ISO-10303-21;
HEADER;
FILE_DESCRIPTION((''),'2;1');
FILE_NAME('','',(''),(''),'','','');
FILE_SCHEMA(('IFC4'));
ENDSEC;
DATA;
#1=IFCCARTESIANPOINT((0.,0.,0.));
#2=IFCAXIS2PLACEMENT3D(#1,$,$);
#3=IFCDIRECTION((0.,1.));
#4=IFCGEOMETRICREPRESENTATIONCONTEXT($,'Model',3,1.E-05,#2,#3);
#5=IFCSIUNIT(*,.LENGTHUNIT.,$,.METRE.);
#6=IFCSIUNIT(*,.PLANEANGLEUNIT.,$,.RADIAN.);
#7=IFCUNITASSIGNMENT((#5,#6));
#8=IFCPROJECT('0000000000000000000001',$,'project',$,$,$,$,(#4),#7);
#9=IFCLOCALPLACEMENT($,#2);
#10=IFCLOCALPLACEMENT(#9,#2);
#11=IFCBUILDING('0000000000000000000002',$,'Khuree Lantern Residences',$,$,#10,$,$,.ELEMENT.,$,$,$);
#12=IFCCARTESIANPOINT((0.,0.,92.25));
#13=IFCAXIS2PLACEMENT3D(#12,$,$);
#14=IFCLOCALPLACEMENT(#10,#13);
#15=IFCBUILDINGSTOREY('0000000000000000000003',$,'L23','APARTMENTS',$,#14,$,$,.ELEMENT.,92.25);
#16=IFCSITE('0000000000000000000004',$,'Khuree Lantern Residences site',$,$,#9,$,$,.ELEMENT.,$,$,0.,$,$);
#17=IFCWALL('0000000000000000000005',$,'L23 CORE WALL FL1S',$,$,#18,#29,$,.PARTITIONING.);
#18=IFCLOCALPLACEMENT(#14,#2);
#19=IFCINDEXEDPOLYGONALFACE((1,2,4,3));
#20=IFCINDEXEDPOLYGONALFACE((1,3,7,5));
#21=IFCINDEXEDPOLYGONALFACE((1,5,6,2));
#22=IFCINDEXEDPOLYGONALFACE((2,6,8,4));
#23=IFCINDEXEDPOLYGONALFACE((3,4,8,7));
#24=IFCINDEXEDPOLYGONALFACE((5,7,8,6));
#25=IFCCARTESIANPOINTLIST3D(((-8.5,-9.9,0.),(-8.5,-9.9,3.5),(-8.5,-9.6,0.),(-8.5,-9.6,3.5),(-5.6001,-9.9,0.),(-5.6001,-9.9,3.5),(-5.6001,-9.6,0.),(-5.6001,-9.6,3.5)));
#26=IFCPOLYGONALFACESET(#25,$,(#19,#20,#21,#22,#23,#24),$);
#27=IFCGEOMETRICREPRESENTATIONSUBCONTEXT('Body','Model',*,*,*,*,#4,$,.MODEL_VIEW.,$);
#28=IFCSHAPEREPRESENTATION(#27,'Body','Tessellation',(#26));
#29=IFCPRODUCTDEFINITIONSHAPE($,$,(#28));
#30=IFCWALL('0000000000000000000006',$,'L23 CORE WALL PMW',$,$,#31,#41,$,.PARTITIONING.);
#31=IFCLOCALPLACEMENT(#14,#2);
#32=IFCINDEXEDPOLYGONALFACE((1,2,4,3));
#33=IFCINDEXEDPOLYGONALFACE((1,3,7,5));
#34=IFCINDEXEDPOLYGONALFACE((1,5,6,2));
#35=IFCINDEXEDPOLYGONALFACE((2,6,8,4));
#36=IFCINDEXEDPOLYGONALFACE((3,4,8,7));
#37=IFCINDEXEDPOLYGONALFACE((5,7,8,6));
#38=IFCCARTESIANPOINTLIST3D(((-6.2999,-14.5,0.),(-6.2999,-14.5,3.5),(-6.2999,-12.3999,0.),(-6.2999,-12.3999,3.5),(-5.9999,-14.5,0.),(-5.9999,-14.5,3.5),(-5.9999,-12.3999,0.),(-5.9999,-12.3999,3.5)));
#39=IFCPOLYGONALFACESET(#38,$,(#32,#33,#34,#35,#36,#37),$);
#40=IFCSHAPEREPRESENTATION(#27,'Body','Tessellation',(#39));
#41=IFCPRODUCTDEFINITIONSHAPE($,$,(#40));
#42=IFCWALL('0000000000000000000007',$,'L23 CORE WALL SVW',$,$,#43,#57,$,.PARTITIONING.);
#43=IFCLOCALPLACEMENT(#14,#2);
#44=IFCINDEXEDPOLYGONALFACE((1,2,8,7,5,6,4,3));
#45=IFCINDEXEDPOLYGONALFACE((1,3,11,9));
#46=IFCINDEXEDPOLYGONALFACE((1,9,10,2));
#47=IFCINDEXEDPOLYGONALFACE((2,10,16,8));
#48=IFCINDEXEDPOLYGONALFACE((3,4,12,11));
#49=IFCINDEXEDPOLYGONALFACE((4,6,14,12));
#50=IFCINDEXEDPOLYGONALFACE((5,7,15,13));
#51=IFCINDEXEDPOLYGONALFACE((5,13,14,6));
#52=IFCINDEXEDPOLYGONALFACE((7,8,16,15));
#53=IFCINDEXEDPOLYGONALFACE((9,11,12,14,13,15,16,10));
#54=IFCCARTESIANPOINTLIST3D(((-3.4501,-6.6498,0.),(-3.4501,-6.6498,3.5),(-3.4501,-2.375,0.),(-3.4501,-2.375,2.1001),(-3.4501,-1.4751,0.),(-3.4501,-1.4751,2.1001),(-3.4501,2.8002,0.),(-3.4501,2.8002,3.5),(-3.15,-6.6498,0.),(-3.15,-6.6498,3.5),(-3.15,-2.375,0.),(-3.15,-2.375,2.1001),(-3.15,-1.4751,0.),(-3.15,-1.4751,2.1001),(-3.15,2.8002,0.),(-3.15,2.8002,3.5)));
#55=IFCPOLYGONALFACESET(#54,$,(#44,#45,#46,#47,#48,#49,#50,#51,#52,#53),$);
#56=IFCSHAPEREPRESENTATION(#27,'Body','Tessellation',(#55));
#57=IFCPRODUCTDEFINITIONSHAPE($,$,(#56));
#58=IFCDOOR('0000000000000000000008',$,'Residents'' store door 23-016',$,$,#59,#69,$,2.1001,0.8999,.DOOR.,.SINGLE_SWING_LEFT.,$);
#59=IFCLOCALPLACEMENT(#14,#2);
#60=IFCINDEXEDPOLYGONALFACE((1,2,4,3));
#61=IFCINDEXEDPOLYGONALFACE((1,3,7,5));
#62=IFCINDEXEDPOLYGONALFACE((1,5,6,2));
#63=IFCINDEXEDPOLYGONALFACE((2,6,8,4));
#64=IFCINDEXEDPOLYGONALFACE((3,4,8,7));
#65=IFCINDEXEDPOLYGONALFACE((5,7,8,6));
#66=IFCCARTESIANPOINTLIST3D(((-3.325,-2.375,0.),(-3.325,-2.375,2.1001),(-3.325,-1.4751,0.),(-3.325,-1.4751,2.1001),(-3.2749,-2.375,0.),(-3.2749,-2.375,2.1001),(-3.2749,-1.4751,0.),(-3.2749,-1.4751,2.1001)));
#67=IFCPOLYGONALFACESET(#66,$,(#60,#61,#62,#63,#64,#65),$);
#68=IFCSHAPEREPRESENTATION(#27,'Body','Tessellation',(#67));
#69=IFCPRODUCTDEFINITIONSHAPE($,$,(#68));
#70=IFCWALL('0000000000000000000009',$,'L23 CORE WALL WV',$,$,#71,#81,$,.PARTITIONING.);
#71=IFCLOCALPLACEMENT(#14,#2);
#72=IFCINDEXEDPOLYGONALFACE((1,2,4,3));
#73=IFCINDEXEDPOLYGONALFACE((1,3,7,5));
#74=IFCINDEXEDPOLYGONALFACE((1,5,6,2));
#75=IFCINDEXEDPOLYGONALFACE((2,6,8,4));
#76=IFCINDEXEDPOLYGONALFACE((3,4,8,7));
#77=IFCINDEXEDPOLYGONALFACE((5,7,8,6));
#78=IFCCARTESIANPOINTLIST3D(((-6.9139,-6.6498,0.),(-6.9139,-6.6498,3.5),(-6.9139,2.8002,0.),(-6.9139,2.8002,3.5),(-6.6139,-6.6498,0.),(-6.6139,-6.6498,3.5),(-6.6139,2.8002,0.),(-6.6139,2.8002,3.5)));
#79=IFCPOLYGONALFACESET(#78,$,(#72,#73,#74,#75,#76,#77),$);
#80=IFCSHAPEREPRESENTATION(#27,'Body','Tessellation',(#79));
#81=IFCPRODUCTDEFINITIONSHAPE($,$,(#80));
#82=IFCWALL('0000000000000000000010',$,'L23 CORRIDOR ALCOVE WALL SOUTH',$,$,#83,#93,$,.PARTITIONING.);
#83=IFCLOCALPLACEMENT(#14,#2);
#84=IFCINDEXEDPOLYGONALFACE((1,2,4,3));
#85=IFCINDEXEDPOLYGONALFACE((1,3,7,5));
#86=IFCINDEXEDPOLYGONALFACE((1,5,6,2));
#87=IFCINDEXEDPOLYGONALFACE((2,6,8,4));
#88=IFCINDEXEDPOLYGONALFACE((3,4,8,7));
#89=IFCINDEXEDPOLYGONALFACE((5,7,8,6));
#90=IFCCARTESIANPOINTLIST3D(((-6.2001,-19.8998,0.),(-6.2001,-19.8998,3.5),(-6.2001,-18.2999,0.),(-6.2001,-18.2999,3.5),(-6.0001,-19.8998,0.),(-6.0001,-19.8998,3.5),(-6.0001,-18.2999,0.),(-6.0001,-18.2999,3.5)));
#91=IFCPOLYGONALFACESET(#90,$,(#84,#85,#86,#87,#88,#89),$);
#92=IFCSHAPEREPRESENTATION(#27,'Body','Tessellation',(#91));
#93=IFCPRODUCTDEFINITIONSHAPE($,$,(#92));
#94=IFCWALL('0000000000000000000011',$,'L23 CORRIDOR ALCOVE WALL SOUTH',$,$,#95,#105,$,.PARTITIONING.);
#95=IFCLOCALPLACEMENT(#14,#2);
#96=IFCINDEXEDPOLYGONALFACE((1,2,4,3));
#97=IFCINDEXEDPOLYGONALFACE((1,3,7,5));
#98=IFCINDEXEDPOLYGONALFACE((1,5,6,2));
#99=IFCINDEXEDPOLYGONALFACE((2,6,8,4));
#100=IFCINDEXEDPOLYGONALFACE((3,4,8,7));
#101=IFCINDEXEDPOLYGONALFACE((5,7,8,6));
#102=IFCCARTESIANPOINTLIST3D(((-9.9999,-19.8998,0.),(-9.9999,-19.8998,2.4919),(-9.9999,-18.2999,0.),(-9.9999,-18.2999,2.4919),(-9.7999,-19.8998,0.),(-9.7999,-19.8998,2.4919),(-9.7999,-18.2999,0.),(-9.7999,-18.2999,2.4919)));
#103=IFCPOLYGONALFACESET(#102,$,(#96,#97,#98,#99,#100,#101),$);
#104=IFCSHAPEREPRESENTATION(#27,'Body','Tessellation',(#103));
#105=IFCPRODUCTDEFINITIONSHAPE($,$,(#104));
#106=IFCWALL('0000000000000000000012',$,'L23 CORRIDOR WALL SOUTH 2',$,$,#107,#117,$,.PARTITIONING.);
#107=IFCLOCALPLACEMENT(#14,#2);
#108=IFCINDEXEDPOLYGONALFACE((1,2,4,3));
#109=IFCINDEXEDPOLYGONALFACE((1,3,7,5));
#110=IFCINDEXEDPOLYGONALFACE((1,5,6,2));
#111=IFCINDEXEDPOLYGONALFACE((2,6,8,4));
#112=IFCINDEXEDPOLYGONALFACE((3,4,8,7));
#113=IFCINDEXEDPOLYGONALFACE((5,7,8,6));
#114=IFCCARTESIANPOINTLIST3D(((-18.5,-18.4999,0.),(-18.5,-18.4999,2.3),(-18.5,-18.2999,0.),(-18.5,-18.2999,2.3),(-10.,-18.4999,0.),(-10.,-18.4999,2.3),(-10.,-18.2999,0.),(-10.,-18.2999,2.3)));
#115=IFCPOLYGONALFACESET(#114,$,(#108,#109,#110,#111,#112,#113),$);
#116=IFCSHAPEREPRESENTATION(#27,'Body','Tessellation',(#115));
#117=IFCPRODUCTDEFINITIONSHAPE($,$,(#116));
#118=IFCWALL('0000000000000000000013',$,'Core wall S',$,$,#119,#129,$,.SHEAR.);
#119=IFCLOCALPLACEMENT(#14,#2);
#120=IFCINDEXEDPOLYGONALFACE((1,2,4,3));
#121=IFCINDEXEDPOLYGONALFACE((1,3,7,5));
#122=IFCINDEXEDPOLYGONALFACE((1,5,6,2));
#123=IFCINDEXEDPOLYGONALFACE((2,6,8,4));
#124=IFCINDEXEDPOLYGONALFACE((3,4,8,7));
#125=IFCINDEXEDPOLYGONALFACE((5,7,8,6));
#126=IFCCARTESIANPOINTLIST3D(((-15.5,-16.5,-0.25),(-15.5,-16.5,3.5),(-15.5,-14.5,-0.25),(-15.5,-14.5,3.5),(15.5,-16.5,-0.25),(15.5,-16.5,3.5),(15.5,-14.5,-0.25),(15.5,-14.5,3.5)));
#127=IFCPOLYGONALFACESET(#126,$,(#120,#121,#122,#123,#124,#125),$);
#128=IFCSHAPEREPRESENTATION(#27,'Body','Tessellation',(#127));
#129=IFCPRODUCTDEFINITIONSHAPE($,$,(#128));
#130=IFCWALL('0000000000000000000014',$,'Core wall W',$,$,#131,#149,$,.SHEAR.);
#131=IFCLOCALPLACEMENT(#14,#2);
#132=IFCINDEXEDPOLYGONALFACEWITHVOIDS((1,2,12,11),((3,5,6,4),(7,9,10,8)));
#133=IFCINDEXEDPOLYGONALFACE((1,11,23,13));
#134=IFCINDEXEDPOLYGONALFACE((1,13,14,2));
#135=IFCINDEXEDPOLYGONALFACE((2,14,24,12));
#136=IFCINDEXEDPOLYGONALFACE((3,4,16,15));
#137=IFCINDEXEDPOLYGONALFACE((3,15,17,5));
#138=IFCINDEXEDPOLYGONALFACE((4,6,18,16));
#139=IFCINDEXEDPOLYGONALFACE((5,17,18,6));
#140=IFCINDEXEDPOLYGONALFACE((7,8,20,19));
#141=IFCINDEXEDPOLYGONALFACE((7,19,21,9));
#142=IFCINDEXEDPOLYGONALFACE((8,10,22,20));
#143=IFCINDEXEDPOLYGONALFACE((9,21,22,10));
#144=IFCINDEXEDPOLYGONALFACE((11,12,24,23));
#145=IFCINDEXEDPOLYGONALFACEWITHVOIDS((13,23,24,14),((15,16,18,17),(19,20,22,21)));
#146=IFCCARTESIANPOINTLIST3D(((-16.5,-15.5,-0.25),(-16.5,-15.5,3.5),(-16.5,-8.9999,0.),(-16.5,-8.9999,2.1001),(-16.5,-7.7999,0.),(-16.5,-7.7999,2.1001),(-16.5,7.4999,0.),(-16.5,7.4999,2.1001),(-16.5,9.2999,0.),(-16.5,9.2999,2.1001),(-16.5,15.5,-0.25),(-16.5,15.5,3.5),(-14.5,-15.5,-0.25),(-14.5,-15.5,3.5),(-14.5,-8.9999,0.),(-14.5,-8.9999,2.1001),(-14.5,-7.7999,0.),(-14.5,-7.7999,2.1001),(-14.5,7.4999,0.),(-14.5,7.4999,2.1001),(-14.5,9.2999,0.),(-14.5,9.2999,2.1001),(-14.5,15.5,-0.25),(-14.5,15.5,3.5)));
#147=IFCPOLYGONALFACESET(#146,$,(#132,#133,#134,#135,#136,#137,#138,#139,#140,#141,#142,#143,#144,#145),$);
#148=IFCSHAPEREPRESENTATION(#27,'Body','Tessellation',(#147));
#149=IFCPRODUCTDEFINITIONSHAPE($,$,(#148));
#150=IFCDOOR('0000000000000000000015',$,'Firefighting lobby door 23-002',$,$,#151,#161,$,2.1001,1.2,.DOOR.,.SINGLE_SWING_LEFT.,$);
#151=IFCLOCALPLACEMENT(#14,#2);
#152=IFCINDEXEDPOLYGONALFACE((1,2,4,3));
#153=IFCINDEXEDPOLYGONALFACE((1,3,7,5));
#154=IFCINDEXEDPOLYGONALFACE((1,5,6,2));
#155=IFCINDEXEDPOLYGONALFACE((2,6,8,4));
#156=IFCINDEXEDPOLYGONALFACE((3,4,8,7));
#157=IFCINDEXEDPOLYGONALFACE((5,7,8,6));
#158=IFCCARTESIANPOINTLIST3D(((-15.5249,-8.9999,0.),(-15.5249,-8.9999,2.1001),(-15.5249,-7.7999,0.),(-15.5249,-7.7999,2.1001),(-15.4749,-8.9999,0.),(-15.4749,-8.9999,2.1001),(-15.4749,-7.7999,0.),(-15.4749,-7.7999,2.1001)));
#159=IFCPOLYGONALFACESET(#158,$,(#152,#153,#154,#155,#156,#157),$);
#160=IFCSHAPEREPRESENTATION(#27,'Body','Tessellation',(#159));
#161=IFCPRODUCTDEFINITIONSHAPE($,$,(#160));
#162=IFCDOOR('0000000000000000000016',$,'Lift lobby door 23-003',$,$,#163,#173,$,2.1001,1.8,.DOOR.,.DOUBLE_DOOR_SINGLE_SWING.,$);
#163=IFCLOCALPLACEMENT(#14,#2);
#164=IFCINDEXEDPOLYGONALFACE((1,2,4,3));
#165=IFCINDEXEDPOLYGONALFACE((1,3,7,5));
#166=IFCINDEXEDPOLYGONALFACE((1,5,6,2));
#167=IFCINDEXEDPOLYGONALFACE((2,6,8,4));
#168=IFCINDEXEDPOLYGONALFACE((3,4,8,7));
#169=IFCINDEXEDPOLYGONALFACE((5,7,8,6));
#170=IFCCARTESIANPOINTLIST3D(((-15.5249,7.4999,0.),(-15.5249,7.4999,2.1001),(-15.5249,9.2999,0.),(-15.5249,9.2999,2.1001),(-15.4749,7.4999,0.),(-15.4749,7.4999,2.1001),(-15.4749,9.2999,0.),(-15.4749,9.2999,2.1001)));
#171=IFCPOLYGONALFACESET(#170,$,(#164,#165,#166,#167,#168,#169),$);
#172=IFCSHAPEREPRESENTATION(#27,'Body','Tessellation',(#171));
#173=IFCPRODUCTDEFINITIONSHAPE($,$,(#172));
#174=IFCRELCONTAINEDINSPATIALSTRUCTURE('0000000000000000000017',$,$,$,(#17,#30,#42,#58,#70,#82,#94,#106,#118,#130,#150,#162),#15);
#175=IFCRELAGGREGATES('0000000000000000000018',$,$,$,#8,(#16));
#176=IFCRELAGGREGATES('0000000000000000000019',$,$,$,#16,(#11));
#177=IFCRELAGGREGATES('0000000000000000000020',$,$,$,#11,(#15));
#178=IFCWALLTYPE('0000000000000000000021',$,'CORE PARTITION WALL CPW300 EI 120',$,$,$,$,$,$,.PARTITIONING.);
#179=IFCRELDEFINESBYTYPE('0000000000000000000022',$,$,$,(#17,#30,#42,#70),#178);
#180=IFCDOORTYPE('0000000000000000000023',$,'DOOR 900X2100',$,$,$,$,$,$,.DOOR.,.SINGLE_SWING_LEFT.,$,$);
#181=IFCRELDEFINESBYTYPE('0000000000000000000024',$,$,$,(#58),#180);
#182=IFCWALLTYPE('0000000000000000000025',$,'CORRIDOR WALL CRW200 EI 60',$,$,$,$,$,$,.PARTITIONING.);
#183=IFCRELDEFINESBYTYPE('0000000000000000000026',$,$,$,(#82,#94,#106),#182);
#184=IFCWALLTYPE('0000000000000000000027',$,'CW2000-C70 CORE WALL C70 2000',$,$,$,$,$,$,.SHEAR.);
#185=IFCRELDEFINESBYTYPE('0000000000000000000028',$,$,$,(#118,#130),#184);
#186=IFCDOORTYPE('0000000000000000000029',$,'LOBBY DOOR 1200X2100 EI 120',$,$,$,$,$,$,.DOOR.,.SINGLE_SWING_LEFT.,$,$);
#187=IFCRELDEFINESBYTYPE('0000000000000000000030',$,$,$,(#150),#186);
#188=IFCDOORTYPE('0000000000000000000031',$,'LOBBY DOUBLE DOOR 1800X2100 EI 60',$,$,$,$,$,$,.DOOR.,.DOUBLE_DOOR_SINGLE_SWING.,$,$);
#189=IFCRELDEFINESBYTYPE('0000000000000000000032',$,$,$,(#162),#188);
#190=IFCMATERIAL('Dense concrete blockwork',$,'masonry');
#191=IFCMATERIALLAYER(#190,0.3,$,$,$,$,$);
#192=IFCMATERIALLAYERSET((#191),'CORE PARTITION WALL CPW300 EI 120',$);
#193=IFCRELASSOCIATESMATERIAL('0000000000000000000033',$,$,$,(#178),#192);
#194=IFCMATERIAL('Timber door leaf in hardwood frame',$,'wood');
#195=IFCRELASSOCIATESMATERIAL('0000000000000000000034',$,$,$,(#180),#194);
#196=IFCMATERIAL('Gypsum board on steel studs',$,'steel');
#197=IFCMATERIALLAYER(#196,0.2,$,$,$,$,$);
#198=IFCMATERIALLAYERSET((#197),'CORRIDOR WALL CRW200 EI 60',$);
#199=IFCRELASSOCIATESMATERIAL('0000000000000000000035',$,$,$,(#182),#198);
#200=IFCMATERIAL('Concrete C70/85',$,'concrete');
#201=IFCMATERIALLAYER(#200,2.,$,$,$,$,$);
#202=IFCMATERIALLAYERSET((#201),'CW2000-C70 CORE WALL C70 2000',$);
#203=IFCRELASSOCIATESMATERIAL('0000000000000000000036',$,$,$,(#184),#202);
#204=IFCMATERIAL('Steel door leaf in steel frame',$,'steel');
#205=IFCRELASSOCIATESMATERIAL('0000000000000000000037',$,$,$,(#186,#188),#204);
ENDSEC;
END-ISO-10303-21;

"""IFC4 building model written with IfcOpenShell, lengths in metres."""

from ifc_helpers import new_model, si_unit, direction, frame, frame_2d, origin, place, context, subcontext, project, spatial, rectangle, extrude, material, layer, layer_set, type_object, element, fill, save


model = new_model("IFC4")

# Units and contexts
model_context = context("Model", 3, precision=1e-05, world=origin(), true_north=direction((0.0, 1.0)))
body_context = subcontext(model_context, "Body", "Model", "MODEL_VIEW")
ifc_project = project(units=[si_unit("LENGTHUNIT", "METRE"), si_unit("PLANEANGLEUNIT", "RADIAN")], contexts=[model_context])

# Site, building, storey
site_placement = place(None, origin())
site = spatial("IfcSite", under=ifc_project, at=site_placement, Name="Khuree Lantern Residences site", CompositionType="ELEMENT", RefElevation=0.0)
building_placement = place(site_placement, origin())
building = spatial("IfcBuilding", under=site, at=building_placement, Name="Khuree Lantern Residences", CompositionType="ELEMENT")
storey_placement = place(building_placement, frame((0.0, 0.0, 92.25)))
storey = spatial("IfcBuildingStorey", under=building, at=storey_placement, Name="L23", Description="APARTMENTS", CompositionType="ELEMENT", Elevation=92.25)

# Shared definitions
ifc_material_1 = material(Name="Concrete C70/85", Category="concrete")

# Shared definitions
ifc_material_2 = material(Name="Dense concrete blockwork", Category="masonry")
ifc_layer_1 = layer(ifc_material_2, 0.3)
ifc_layer_set_1 = layer_set([ifc_layer_1], Name="CORE PARTITION WALL CPW300 EI 120")
wall_type_1 = type_object("IfcWallType", Name="CORE PARTITION WALL CPW300 EI 120", PredefinedType="PARTITIONING", material=ifc_layer_set_1)

# Shared definitions
ifc_material_3 = material(Name="Steel door leaf in steel frame", Category="steel")

# Walls
wall_1_placement = place(storey_placement, frame((-8.5, -9.75, 0.0), z_axis=(0.0, 0.0, 1.0), x_axis=(1.0, 0.0, 0.0)))
element("IfcWall", 1, at=wall_1_placement, inside=storey, type_object=wall_type_1, Name="L23 CORE WALL FL1S", PredefinedType="PARTITIONING", context=body_context, shape_type="SweptSolid", body=[
    extrude(rectangle(XDim=2.8999, YDim=0.3, at=frame_2d((1.45, 0.0))), origin(), (0.0, 0.0, 1.0), 3.5),
])
wall_2_placement = place(storey_placement, frame((-6.1499, -14.5, 0.0), z_axis=(0.0, 0.0, 1.0), x_axis=(0.0, 1.0, 0.0)))
element("IfcWall", 2, at=wall_2_placement, inside=storey, type_object=wall_type_1, Name="L23 CORE WALL PMW", PredefinedType="PARTITIONING", context=body_context, shape_type="SweptSolid", body=[
    extrude(rectangle(XDim=2.1001, YDim=0.3, at=frame_2d((1.05, 0.0))), origin(), (0.0, 0.0, 1.0), 3.5),
])

# Wall, opening, door
wall_3_placement = place(storey_placement, frame((-3.3, -6.6499, 0.0), z_axis=(0.0, 0.0, 1.0), x_axis=(0.0, 1.0, 0.0)))
wall_3 = element("IfcWall", 3, at=wall_3_placement, inside=storey, type_object=wall_type_1, Name="L23 CORE WALL SVW", PredefinedType="PARTITIONING", context=body_context, shape_type="SweptSolid", body=[
    extrude(rectangle(XDim=9.45, YDim=0.3, at=frame_2d((4.7251, 0.0))), origin(), (0.0, 0.0, 1.0), 3.5),
])
opening_1_placement = place(wall_3_placement, frame((4.2749, 0.0, 0.0)))
opening_1 = element("IfcOpeningElement", 4, at=opening_1_placement, cuts=wall_3, PredefinedType="OPENING", context=body_context, shape_type="SweptSolid", body=[
    extrude(rectangle(XDim=0.8999, YDim=2.1001, at=frame_2d((0.45, 1.05))), frame((0.0, 0.1602, 0.0), z_axis=(0.0, -1.0, 0.0), x_axis=(1.0, 0.0, 0.0)), (0.0, 0.0, 1.0), 0.3201),
])
ifc_material_4 = material(Name="Timber door leaf in hardwood frame", Category="wood")
door_type_1 = type_object("IfcDoorType", Name="DOOR 900X2100", OperationType="SINGLE_SWING_LEFT", PredefinedType="DOOR", material=ifc_material_4)
door_1_placement = place(opening_1_placement, origin())
door_1 = element("IfcDoor", 5, at=door_1_placement, inside=storey, type_object=door_type_1, Name="Residents' store door 23-016", OperationType="SINGLE_SWING_LEFT", OverallHeight=2.1001, OverallWidth=0.8999, PredefinedType="DOOR", context=body_context, shape_type="SweptSolid", body=[
    extrude(rectangle(XDim=0.8999, YDim=2.1001, at=frame_2d((0.45, 1.05))), frame((0.0, 0.0249, 0.0), z_axis=(0.0, -1.0, 0.0), x_axis=(1.0, 0.0, 0.0)), (0.0, 0.0, 1.0), 0.05),
])
fill(opening_1, door_1)

# Walls
wall_4_placement = place(storey_placement, frame((-6.7639, -6.6499, 0.0), z_axis=(0.0, 0.0, 1.0), x_axis=(0.0, 1.0, 0.0)))
element("IfcWall", 6, at=wall_4_placement, inside=storey, type_object=wall_type_1, Name="L23 CORE WALL WV", PredefinedType="PARTITIONING", context=body_context, shape_type="SweptSolid", body=[
    extrude(rectangle(XDim=9.45, YDim=0.3, at=frame_2d((4.7251, 0.0))), origin(), (0.0, 0.0, 1.0), 3.5),
])
ifc_material_5 = material(Name="Gypsum board on steel studs", Category="steel")
ifc_layer_2 = layer(ifc_material_5, 0.2)
ifc_layer_set_2 = layer_set([ifc_layer_2], Name="CORRIDOR WALL CRW200 EI 60")
wall_type_2 = type_object("IfcWallType", Name="CORRIDOR WALL CRW200 EI 60", PredefinedType="PARTITIONING", material=ifc_layer_set_2)
wall_5_placement = place(storey_placement, frame((-6.1001, -18.3, 0.0), z_axis=(0.0, 0.0, 1.0), x_axis=(0.0, -1.0, 0.0)))
element("IfcWall", 7, at=wall_5_placement, inside=storey, type_object=wall_type_2, Name="L23 CORRIDOR ALCOVE WALL SOUTH", PredefinedType="PARTITIONING", context=body_context, shape_type="SweptSolid", body=[
    extrude(rectangle(XDim=1.5999, YDim=0.2, at=frame_2d((0.7998, 0.0))), origin(), (0.0, 0.0, 1.0), 3.5),
])
wall_6_placement = place(storey_placement, frame((-9.8999, -18.3, 0.0), z_axis=(0.0, 0.0, 1.0), x_axis=(0.0, -1.0, 0.0)))
element("IfcWall", 8, at=wall_6_placement, inside=storey, type_object=wall_type_2, Name="L23 CORRIDOR ALCOVE WALL SOUTH", PredefinedType="PARTITIONING", context=body_context, shape_type="SweptSolid", body=[
    extrude(rectangle(XDim=1.5999, YDim=0.2, at=frame_2d((0.7998, 0.0))), origin(), (0.0, 0.0, 1.0), 2.4919),
])
wall_7_placement = place(storey_placement, frame((-10.0, -18.3999, 0.0), z_axis=(0.0, 0.0, 1.0), x_axis=(-1.0, 0.0, 0.0)))
element("IfcWall", 9, at=wall_7_placement, inside=storey, type_object=wall_type_2, Name="L23 CORRIDOR WALL SOUTH 2", PredefinedType="PARTITIONING", context=body_context, shape_type="SweptSolid", body=[
    extrude(rectangle(XDim=8.5, YDim=0.2, at=frame_2d((4.25, 0.0))), origin(), (0.0, 0.0, 1.0), 2.3),
])
ifc_layer_3 = layer(ifc_material_1, 2.0)
ifc_layer_set_3 = layer_set([ifc_layer_3], Name="CW2000-C70 CORE WALL C70 2000")
wall_type_3 = type_object("IfcWallType", Name="CW2000-C70 CORE WALL C70 2000", PredefinedType="SHEAR", material=ifc_layer_set_3)
wall_8_placement = place(storey_placement, frame((-15.5, -15.5, -0.25), z_axis=(0.0, 0.0, 1.0), x_axis=(1.0, 0.0, 0.0)))
element("IfcWall", 10, at=wall_8_placement, inside=storey, type_object=wall_type_3, Name="Core wall S", PredefinedType="SHEAR", context=body_context, shape_type="SweptSolid", body=[
    extrude(rectangle(XDim=31.0, YDim=2.0, at=frame_2d((15.5, 0.0))), origin(), (0.0, 0.0, 1.0), 3.75),
])

# Wall, openings, doors
wall_9_placement = place(storey_placement, frame((-15.5, -15.5, -0.25), z_axis=(0.0, 0.0, 1.0), x_axis=(0.0, 1.0, 0.0)))
wall_9 = element("IfcWall", 11, at=wall_9_placement, inside=storey, type_object=wall_type_3, Name="Core wall W", PredefinedType="SHEAR", context=body_context, shape_type="SweptSolid", body=[
    extrude(rectangle(XDim=31.0, YDim=2.0, at=frame_2d((15.5, 0.0))), origin(), (0.0, 0.0, 1.0), 3.75),
])
opening_2_placement = place(wall_9_placement, frame((6.5, 0.0, 0.25)))
opening_2 = element("IfcOpeningElement", 12, at=opening_2_placement, cuts=wall_9, PredefinedType="OPENING", context=body_context, shape_type="SweptSolid", body=[
    extrude(rectangle(XDim=1.2, YDim=2.1001, at=frame_2d((0.6001, 1.05))), frame((0.0, 1.01, 0.0), z_axis=(0.0, -1.0, 0.0), x_axis=(1.0, 0.0, 0.0)), (0.0, 0.0, 1.0), 2.02),
])
opening_3_placement = place(wall_9_placement, frame((23.0, 0.0, 0.25)))
opening_3 = element("IfcOpeningElement", 13, at=opening_3_placement, cuts=wall_9, PredefinedType="OPENING", context=body_context, shape_type="SweptSolid", body=[
    extrude(rectangle(XDim=1.8, YDim=2.1001, at=frame_2d((0.8999, 1.05))), frame((0.0, 1.01, 0.0), z_axis=(0.0, -1.0, 0.0), x_axis=(1.0, 0.0, 0.0)), (0.0, 0.0, 1.0), 2.02),
])
door_type_2 = type_object("IfcDoorType", Name="LOBBY DOOR 1200X2100 EI 120", OperationType="SINGLE_SWING_LEFT", PredefinedType="DOOR", material=ifc_material_3)
door_2_placement = place(opening_2_placement, origin())
door_2 = element("IfcDoor", 14, at=door_2_placement, inside=storey, type_object=door_type_2, Name="Firefighting lobby door 23-002", OperationType="SINGLE_SWING_LEFT", OverallHeight=2.1001, OverallWidth=1.2, PredefinedType="DOOR", context=body_context, shape_type="SweptSolid", body=[
    extrude(rectangle(XDim=1.2, YDim=2.1001, at=frame_2d((0.6001, 1.05))), frame((0.0, 0.0249, 0.0), z_axis=(0.0, -1.0, 0.0), x_axis=(1.0, 0.0, 0.0)), (0.0, 0.0, 1.0), 0.05),
])
fill(opening_2, door_2)
door_type_3 = type_object("IfcDoorType", Name="LOBBY DOUBLE DOOR 1800X2100 EI 60", OperationType="DOUBLE_DOOR_SINGLE_SWING", PredefinedType="DOOR", material=ifc_material_3)
door_3_placement = place(opening_3_placement, origin())
door_3 = element("IfcDoor", 15, at=door_3_placement, inside=storey, type_object=door_type_3, Name="Lift lobby door 23-003", OperationType="DOUBLE_DOOR_SINGLE_SWING", OverallHeight=2.1001, OverallWidth=1.8, PredefinedType="DOOR", context=body_context, shape_type="SweptSolid", body=[
    extrude(rectangle(XDim=1.8, YDim=2.1001, at=frame_2d((0.8999, 1.05))), frame((0.0, 0.0249, 0.0), z_axis=(0.0, -1.0, 0.0), x_axis=(1.0, 0.0, 0.0)), (0.0, 0.0, 1.0), 0.05),
])
fill(opening_3, door_3)

save(model, "model.ifc")
